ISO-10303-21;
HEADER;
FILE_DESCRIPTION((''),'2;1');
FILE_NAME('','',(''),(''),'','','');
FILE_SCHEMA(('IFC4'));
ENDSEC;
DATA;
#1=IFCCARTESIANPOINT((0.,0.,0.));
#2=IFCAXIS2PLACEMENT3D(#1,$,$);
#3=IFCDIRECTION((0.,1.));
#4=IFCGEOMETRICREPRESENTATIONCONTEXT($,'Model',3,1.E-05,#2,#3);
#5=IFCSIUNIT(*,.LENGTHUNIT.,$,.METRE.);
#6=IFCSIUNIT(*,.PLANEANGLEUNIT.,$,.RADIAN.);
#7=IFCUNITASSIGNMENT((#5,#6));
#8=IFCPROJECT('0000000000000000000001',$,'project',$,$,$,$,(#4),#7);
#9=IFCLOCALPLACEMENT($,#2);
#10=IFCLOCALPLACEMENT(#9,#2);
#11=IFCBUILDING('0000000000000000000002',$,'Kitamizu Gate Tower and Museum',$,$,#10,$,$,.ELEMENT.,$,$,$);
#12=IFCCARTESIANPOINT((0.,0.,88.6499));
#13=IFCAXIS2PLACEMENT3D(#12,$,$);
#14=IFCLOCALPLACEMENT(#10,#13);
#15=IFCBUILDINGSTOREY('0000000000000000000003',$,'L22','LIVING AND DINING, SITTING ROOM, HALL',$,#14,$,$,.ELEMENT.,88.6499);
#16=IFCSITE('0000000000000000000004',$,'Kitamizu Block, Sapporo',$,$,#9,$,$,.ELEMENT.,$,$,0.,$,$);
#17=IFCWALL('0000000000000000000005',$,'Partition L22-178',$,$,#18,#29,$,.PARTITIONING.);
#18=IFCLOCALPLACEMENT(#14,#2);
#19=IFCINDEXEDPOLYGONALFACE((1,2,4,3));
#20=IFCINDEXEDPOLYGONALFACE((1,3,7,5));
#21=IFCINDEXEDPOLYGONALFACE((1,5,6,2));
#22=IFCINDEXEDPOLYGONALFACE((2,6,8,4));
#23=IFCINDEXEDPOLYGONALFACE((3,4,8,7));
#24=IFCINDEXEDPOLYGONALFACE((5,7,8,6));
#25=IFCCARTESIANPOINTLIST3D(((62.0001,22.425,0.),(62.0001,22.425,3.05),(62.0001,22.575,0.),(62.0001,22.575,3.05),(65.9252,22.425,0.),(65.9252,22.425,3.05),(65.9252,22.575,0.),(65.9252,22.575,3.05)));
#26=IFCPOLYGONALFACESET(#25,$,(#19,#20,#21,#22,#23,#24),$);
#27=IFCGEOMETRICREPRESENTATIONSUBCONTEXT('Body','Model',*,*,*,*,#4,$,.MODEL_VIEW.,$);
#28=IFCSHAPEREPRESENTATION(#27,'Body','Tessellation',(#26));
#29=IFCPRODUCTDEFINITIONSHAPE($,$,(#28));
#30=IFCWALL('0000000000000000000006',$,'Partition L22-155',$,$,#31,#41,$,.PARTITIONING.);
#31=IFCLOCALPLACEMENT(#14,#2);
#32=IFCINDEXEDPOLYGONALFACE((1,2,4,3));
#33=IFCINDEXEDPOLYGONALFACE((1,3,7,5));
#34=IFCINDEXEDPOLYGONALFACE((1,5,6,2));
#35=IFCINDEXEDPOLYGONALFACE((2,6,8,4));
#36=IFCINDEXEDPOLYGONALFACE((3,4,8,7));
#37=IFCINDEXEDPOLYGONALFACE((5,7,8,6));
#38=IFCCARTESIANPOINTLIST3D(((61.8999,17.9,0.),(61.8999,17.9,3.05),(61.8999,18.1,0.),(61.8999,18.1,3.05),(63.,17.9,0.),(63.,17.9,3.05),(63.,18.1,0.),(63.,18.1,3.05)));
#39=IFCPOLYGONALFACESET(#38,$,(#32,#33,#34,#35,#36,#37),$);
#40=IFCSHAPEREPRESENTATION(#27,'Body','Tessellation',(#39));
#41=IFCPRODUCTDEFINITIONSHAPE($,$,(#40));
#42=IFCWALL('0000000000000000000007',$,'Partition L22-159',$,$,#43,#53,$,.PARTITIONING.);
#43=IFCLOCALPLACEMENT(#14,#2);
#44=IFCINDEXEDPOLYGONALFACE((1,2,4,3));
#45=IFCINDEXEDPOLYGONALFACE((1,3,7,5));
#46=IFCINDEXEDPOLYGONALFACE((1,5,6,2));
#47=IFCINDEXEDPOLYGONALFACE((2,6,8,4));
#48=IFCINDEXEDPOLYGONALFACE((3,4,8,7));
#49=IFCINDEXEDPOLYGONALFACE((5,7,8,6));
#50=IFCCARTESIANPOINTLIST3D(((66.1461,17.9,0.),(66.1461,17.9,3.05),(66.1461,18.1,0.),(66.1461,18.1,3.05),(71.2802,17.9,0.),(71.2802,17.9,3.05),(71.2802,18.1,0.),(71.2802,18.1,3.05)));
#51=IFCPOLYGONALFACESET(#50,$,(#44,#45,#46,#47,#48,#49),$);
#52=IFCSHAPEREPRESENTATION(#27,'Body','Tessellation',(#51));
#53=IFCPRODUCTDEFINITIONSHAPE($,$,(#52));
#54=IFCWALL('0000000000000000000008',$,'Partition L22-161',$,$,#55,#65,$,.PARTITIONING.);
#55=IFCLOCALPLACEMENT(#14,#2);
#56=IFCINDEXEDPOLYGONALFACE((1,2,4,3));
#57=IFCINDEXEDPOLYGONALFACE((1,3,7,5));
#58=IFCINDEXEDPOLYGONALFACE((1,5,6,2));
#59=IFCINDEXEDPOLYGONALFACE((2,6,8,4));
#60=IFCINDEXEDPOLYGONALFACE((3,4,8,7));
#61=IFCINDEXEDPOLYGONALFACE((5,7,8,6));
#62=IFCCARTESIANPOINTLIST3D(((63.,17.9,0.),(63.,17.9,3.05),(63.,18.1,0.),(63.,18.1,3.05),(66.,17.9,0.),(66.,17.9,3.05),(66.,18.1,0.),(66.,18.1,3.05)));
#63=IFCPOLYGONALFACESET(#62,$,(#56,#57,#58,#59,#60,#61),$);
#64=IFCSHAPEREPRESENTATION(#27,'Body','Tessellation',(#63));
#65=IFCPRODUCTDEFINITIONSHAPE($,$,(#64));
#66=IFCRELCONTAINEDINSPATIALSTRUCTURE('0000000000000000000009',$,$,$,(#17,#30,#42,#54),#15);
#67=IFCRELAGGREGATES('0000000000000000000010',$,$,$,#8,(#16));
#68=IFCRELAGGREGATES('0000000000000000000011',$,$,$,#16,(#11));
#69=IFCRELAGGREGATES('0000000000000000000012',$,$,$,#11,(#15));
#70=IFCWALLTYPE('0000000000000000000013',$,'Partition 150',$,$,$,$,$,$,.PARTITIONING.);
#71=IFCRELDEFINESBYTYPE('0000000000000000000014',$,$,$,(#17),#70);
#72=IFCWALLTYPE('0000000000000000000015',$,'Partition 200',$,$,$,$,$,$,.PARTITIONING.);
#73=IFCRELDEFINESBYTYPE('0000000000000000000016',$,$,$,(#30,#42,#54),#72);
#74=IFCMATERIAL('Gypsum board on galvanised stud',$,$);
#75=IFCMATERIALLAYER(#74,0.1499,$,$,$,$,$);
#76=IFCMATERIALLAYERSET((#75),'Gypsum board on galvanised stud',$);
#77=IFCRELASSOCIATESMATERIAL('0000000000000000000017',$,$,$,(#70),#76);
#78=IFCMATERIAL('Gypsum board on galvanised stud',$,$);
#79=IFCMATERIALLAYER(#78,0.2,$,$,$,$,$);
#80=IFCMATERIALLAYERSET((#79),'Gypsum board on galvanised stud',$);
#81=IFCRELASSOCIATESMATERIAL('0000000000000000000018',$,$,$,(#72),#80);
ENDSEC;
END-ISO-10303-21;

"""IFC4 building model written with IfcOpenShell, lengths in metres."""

from ifc_helpers import new_model, si_unit, direction, frame, frame_2d, origin, place, context, subcontext, project, spatial, rectangle, extrude, material, layer, layer_set, type_object, element, save


model = new_model("IFC4")

# Units and contexts
model_context = context("Model", 3, precision=1e-05, world=origin(), true_north=direction((0.0, 1.0)))
body_context = subcontext(model_context, "Body", "Model", "MODEL_VIEW")
ifc_project = project(units=[si_unit("LENGTHUNIT", "METRE"), si_unit("PLANEANGLEUNIT", "RADIAN")], contexts=[model_context])

# Site, building, storey
site_placement = place(None, origin())
site = spatial("IfcSite", under=ifc_project, at=site_placement, Name="Kitamizu Block, Sapporo", CompositionType="ELEMENT", RefElevation=0.0)
building_placement = place(site_placement, origin())
building = spatial("IfcBuilding", under=site, at=building_placement, Name="Kitamizu Gate Tower and Museum", CompositionType="ELEMENT")
storey_placement = place(building_placement, frame((0.0, 0.0, 88.6499)))
storey = spatial("IfcBuildingStorey", under=building, at=storey_placement, Name="L22", Description="LIVING AND DINING, SITTING ROOM, HALL", CompositionType="ELEMENT", Elevation=88.6499)

# Shared definitions
ifc_material_1 = material(Name="Gypsum board on galvanised stud")
ifc_layer_1 = layer(ifc_material_1, 0.1499)
ifc_layer_set_1 = layer_set([ifc_layer_1], Name="Gypsum board on galvanised stud")
wall_type_1 = type_object("IfcWallType", Name="Partition 150", PredefinedType="PARTITIONING", material=ifc_layer_set_1)

# Walls
wall_1_placement = place(storey_placement, frame((65.925, 22.5, 0.0), z_axis=(0.0, 0.0, 1.0), x_axis=(-1.0, 0.0, 0.0)))
element("IfcWall", 1, at=wall_1_placement, inside=storey, type_object=wall_type_1, Name="Partition L22-178", PredefinedType="PARTITIONING", context=body_context, shape_type="SweptSolid", body=[
    extrude(rectangle(XDim=3.925, YDim=0.1499, at=frame_2d((1.9624, 0.0))), origin(), (0.0, 0.0, 1.0), 3.05),
])
ifc_material_2 = material(Name="Gypsum board on galvanised stud")
ifc_layer_2 = layer(ifc_material_2, 0.2)
ifc_layer_set_2 = layer_set([ifc_layer_2], Name="Gypsum board on galvanised stud")
wall_type_2 = type_object("IfcWallType", Name="Partition 200", PredefinedType="PARTITIONING", material=ifc_layer_set_2)
wall_2_placement = place(storey_placement, frame((63.0, 18.0, 0.0), z_axis=(0.0, 0.0, 1.0), x_axis=(-1.0, 0.0, 0.0)))
element("IfcWall", 2, at=wall_2_placement, inside=storey, type_object=wall_type_2, Name="Partition L22-155", PredefinedType="PARTITIONING", context=body_context, shape_type="SweptSolid", body=[
    extrude(rectangle(XDim=1.1001, YDim=0.2, at=frame_2d((0.55, 0.0))), origin(), (0.0, 0.0, 1.0), 3.05),
])
wall_3_placement = place(storey_placement, frame((71.28, 18.0, 0.0), z_axis=(0.0, 0.0, 1.0), x_axis=(-1.0, 0.0, 0.0)))
element("IfcWall", 3, at=wall_3_placement, inside=storey, type_object=wall_type_2, Name="Partition L22-159", PredefinedType="PARTITIONING", context=body_context, shape_type="SweptSolid", body=[
    extrude(rectangle(XDim=5.134, YDim=0.2, at=frame_2d((2.5669, 0.0))), origin(), (0.0, 0.0, 1.0), 3.05),
])
wall_4_placement = place(storey_placement, frame((66.0, 18.0, 0.0), z_axis=(0.0, 0.0, 1.0), x_axis=(-1.0, 0.0, 0.0)))
element("IfcWall", 4, at=wall_4_placement, inside=storey, type_object=wall_type_2, Name="Partition L22-161", PredefinedType="PARTITIONING", context=body_context, shape_type="SweptSolid", body=[
    extrude(rectangle(XDim=3.0, YDim=0.2, at=frame_2d((1.5, 0.0))), origin(), (0.0, 0.0, 1.0), 3.05),
])

save(model, "model.ifc")
